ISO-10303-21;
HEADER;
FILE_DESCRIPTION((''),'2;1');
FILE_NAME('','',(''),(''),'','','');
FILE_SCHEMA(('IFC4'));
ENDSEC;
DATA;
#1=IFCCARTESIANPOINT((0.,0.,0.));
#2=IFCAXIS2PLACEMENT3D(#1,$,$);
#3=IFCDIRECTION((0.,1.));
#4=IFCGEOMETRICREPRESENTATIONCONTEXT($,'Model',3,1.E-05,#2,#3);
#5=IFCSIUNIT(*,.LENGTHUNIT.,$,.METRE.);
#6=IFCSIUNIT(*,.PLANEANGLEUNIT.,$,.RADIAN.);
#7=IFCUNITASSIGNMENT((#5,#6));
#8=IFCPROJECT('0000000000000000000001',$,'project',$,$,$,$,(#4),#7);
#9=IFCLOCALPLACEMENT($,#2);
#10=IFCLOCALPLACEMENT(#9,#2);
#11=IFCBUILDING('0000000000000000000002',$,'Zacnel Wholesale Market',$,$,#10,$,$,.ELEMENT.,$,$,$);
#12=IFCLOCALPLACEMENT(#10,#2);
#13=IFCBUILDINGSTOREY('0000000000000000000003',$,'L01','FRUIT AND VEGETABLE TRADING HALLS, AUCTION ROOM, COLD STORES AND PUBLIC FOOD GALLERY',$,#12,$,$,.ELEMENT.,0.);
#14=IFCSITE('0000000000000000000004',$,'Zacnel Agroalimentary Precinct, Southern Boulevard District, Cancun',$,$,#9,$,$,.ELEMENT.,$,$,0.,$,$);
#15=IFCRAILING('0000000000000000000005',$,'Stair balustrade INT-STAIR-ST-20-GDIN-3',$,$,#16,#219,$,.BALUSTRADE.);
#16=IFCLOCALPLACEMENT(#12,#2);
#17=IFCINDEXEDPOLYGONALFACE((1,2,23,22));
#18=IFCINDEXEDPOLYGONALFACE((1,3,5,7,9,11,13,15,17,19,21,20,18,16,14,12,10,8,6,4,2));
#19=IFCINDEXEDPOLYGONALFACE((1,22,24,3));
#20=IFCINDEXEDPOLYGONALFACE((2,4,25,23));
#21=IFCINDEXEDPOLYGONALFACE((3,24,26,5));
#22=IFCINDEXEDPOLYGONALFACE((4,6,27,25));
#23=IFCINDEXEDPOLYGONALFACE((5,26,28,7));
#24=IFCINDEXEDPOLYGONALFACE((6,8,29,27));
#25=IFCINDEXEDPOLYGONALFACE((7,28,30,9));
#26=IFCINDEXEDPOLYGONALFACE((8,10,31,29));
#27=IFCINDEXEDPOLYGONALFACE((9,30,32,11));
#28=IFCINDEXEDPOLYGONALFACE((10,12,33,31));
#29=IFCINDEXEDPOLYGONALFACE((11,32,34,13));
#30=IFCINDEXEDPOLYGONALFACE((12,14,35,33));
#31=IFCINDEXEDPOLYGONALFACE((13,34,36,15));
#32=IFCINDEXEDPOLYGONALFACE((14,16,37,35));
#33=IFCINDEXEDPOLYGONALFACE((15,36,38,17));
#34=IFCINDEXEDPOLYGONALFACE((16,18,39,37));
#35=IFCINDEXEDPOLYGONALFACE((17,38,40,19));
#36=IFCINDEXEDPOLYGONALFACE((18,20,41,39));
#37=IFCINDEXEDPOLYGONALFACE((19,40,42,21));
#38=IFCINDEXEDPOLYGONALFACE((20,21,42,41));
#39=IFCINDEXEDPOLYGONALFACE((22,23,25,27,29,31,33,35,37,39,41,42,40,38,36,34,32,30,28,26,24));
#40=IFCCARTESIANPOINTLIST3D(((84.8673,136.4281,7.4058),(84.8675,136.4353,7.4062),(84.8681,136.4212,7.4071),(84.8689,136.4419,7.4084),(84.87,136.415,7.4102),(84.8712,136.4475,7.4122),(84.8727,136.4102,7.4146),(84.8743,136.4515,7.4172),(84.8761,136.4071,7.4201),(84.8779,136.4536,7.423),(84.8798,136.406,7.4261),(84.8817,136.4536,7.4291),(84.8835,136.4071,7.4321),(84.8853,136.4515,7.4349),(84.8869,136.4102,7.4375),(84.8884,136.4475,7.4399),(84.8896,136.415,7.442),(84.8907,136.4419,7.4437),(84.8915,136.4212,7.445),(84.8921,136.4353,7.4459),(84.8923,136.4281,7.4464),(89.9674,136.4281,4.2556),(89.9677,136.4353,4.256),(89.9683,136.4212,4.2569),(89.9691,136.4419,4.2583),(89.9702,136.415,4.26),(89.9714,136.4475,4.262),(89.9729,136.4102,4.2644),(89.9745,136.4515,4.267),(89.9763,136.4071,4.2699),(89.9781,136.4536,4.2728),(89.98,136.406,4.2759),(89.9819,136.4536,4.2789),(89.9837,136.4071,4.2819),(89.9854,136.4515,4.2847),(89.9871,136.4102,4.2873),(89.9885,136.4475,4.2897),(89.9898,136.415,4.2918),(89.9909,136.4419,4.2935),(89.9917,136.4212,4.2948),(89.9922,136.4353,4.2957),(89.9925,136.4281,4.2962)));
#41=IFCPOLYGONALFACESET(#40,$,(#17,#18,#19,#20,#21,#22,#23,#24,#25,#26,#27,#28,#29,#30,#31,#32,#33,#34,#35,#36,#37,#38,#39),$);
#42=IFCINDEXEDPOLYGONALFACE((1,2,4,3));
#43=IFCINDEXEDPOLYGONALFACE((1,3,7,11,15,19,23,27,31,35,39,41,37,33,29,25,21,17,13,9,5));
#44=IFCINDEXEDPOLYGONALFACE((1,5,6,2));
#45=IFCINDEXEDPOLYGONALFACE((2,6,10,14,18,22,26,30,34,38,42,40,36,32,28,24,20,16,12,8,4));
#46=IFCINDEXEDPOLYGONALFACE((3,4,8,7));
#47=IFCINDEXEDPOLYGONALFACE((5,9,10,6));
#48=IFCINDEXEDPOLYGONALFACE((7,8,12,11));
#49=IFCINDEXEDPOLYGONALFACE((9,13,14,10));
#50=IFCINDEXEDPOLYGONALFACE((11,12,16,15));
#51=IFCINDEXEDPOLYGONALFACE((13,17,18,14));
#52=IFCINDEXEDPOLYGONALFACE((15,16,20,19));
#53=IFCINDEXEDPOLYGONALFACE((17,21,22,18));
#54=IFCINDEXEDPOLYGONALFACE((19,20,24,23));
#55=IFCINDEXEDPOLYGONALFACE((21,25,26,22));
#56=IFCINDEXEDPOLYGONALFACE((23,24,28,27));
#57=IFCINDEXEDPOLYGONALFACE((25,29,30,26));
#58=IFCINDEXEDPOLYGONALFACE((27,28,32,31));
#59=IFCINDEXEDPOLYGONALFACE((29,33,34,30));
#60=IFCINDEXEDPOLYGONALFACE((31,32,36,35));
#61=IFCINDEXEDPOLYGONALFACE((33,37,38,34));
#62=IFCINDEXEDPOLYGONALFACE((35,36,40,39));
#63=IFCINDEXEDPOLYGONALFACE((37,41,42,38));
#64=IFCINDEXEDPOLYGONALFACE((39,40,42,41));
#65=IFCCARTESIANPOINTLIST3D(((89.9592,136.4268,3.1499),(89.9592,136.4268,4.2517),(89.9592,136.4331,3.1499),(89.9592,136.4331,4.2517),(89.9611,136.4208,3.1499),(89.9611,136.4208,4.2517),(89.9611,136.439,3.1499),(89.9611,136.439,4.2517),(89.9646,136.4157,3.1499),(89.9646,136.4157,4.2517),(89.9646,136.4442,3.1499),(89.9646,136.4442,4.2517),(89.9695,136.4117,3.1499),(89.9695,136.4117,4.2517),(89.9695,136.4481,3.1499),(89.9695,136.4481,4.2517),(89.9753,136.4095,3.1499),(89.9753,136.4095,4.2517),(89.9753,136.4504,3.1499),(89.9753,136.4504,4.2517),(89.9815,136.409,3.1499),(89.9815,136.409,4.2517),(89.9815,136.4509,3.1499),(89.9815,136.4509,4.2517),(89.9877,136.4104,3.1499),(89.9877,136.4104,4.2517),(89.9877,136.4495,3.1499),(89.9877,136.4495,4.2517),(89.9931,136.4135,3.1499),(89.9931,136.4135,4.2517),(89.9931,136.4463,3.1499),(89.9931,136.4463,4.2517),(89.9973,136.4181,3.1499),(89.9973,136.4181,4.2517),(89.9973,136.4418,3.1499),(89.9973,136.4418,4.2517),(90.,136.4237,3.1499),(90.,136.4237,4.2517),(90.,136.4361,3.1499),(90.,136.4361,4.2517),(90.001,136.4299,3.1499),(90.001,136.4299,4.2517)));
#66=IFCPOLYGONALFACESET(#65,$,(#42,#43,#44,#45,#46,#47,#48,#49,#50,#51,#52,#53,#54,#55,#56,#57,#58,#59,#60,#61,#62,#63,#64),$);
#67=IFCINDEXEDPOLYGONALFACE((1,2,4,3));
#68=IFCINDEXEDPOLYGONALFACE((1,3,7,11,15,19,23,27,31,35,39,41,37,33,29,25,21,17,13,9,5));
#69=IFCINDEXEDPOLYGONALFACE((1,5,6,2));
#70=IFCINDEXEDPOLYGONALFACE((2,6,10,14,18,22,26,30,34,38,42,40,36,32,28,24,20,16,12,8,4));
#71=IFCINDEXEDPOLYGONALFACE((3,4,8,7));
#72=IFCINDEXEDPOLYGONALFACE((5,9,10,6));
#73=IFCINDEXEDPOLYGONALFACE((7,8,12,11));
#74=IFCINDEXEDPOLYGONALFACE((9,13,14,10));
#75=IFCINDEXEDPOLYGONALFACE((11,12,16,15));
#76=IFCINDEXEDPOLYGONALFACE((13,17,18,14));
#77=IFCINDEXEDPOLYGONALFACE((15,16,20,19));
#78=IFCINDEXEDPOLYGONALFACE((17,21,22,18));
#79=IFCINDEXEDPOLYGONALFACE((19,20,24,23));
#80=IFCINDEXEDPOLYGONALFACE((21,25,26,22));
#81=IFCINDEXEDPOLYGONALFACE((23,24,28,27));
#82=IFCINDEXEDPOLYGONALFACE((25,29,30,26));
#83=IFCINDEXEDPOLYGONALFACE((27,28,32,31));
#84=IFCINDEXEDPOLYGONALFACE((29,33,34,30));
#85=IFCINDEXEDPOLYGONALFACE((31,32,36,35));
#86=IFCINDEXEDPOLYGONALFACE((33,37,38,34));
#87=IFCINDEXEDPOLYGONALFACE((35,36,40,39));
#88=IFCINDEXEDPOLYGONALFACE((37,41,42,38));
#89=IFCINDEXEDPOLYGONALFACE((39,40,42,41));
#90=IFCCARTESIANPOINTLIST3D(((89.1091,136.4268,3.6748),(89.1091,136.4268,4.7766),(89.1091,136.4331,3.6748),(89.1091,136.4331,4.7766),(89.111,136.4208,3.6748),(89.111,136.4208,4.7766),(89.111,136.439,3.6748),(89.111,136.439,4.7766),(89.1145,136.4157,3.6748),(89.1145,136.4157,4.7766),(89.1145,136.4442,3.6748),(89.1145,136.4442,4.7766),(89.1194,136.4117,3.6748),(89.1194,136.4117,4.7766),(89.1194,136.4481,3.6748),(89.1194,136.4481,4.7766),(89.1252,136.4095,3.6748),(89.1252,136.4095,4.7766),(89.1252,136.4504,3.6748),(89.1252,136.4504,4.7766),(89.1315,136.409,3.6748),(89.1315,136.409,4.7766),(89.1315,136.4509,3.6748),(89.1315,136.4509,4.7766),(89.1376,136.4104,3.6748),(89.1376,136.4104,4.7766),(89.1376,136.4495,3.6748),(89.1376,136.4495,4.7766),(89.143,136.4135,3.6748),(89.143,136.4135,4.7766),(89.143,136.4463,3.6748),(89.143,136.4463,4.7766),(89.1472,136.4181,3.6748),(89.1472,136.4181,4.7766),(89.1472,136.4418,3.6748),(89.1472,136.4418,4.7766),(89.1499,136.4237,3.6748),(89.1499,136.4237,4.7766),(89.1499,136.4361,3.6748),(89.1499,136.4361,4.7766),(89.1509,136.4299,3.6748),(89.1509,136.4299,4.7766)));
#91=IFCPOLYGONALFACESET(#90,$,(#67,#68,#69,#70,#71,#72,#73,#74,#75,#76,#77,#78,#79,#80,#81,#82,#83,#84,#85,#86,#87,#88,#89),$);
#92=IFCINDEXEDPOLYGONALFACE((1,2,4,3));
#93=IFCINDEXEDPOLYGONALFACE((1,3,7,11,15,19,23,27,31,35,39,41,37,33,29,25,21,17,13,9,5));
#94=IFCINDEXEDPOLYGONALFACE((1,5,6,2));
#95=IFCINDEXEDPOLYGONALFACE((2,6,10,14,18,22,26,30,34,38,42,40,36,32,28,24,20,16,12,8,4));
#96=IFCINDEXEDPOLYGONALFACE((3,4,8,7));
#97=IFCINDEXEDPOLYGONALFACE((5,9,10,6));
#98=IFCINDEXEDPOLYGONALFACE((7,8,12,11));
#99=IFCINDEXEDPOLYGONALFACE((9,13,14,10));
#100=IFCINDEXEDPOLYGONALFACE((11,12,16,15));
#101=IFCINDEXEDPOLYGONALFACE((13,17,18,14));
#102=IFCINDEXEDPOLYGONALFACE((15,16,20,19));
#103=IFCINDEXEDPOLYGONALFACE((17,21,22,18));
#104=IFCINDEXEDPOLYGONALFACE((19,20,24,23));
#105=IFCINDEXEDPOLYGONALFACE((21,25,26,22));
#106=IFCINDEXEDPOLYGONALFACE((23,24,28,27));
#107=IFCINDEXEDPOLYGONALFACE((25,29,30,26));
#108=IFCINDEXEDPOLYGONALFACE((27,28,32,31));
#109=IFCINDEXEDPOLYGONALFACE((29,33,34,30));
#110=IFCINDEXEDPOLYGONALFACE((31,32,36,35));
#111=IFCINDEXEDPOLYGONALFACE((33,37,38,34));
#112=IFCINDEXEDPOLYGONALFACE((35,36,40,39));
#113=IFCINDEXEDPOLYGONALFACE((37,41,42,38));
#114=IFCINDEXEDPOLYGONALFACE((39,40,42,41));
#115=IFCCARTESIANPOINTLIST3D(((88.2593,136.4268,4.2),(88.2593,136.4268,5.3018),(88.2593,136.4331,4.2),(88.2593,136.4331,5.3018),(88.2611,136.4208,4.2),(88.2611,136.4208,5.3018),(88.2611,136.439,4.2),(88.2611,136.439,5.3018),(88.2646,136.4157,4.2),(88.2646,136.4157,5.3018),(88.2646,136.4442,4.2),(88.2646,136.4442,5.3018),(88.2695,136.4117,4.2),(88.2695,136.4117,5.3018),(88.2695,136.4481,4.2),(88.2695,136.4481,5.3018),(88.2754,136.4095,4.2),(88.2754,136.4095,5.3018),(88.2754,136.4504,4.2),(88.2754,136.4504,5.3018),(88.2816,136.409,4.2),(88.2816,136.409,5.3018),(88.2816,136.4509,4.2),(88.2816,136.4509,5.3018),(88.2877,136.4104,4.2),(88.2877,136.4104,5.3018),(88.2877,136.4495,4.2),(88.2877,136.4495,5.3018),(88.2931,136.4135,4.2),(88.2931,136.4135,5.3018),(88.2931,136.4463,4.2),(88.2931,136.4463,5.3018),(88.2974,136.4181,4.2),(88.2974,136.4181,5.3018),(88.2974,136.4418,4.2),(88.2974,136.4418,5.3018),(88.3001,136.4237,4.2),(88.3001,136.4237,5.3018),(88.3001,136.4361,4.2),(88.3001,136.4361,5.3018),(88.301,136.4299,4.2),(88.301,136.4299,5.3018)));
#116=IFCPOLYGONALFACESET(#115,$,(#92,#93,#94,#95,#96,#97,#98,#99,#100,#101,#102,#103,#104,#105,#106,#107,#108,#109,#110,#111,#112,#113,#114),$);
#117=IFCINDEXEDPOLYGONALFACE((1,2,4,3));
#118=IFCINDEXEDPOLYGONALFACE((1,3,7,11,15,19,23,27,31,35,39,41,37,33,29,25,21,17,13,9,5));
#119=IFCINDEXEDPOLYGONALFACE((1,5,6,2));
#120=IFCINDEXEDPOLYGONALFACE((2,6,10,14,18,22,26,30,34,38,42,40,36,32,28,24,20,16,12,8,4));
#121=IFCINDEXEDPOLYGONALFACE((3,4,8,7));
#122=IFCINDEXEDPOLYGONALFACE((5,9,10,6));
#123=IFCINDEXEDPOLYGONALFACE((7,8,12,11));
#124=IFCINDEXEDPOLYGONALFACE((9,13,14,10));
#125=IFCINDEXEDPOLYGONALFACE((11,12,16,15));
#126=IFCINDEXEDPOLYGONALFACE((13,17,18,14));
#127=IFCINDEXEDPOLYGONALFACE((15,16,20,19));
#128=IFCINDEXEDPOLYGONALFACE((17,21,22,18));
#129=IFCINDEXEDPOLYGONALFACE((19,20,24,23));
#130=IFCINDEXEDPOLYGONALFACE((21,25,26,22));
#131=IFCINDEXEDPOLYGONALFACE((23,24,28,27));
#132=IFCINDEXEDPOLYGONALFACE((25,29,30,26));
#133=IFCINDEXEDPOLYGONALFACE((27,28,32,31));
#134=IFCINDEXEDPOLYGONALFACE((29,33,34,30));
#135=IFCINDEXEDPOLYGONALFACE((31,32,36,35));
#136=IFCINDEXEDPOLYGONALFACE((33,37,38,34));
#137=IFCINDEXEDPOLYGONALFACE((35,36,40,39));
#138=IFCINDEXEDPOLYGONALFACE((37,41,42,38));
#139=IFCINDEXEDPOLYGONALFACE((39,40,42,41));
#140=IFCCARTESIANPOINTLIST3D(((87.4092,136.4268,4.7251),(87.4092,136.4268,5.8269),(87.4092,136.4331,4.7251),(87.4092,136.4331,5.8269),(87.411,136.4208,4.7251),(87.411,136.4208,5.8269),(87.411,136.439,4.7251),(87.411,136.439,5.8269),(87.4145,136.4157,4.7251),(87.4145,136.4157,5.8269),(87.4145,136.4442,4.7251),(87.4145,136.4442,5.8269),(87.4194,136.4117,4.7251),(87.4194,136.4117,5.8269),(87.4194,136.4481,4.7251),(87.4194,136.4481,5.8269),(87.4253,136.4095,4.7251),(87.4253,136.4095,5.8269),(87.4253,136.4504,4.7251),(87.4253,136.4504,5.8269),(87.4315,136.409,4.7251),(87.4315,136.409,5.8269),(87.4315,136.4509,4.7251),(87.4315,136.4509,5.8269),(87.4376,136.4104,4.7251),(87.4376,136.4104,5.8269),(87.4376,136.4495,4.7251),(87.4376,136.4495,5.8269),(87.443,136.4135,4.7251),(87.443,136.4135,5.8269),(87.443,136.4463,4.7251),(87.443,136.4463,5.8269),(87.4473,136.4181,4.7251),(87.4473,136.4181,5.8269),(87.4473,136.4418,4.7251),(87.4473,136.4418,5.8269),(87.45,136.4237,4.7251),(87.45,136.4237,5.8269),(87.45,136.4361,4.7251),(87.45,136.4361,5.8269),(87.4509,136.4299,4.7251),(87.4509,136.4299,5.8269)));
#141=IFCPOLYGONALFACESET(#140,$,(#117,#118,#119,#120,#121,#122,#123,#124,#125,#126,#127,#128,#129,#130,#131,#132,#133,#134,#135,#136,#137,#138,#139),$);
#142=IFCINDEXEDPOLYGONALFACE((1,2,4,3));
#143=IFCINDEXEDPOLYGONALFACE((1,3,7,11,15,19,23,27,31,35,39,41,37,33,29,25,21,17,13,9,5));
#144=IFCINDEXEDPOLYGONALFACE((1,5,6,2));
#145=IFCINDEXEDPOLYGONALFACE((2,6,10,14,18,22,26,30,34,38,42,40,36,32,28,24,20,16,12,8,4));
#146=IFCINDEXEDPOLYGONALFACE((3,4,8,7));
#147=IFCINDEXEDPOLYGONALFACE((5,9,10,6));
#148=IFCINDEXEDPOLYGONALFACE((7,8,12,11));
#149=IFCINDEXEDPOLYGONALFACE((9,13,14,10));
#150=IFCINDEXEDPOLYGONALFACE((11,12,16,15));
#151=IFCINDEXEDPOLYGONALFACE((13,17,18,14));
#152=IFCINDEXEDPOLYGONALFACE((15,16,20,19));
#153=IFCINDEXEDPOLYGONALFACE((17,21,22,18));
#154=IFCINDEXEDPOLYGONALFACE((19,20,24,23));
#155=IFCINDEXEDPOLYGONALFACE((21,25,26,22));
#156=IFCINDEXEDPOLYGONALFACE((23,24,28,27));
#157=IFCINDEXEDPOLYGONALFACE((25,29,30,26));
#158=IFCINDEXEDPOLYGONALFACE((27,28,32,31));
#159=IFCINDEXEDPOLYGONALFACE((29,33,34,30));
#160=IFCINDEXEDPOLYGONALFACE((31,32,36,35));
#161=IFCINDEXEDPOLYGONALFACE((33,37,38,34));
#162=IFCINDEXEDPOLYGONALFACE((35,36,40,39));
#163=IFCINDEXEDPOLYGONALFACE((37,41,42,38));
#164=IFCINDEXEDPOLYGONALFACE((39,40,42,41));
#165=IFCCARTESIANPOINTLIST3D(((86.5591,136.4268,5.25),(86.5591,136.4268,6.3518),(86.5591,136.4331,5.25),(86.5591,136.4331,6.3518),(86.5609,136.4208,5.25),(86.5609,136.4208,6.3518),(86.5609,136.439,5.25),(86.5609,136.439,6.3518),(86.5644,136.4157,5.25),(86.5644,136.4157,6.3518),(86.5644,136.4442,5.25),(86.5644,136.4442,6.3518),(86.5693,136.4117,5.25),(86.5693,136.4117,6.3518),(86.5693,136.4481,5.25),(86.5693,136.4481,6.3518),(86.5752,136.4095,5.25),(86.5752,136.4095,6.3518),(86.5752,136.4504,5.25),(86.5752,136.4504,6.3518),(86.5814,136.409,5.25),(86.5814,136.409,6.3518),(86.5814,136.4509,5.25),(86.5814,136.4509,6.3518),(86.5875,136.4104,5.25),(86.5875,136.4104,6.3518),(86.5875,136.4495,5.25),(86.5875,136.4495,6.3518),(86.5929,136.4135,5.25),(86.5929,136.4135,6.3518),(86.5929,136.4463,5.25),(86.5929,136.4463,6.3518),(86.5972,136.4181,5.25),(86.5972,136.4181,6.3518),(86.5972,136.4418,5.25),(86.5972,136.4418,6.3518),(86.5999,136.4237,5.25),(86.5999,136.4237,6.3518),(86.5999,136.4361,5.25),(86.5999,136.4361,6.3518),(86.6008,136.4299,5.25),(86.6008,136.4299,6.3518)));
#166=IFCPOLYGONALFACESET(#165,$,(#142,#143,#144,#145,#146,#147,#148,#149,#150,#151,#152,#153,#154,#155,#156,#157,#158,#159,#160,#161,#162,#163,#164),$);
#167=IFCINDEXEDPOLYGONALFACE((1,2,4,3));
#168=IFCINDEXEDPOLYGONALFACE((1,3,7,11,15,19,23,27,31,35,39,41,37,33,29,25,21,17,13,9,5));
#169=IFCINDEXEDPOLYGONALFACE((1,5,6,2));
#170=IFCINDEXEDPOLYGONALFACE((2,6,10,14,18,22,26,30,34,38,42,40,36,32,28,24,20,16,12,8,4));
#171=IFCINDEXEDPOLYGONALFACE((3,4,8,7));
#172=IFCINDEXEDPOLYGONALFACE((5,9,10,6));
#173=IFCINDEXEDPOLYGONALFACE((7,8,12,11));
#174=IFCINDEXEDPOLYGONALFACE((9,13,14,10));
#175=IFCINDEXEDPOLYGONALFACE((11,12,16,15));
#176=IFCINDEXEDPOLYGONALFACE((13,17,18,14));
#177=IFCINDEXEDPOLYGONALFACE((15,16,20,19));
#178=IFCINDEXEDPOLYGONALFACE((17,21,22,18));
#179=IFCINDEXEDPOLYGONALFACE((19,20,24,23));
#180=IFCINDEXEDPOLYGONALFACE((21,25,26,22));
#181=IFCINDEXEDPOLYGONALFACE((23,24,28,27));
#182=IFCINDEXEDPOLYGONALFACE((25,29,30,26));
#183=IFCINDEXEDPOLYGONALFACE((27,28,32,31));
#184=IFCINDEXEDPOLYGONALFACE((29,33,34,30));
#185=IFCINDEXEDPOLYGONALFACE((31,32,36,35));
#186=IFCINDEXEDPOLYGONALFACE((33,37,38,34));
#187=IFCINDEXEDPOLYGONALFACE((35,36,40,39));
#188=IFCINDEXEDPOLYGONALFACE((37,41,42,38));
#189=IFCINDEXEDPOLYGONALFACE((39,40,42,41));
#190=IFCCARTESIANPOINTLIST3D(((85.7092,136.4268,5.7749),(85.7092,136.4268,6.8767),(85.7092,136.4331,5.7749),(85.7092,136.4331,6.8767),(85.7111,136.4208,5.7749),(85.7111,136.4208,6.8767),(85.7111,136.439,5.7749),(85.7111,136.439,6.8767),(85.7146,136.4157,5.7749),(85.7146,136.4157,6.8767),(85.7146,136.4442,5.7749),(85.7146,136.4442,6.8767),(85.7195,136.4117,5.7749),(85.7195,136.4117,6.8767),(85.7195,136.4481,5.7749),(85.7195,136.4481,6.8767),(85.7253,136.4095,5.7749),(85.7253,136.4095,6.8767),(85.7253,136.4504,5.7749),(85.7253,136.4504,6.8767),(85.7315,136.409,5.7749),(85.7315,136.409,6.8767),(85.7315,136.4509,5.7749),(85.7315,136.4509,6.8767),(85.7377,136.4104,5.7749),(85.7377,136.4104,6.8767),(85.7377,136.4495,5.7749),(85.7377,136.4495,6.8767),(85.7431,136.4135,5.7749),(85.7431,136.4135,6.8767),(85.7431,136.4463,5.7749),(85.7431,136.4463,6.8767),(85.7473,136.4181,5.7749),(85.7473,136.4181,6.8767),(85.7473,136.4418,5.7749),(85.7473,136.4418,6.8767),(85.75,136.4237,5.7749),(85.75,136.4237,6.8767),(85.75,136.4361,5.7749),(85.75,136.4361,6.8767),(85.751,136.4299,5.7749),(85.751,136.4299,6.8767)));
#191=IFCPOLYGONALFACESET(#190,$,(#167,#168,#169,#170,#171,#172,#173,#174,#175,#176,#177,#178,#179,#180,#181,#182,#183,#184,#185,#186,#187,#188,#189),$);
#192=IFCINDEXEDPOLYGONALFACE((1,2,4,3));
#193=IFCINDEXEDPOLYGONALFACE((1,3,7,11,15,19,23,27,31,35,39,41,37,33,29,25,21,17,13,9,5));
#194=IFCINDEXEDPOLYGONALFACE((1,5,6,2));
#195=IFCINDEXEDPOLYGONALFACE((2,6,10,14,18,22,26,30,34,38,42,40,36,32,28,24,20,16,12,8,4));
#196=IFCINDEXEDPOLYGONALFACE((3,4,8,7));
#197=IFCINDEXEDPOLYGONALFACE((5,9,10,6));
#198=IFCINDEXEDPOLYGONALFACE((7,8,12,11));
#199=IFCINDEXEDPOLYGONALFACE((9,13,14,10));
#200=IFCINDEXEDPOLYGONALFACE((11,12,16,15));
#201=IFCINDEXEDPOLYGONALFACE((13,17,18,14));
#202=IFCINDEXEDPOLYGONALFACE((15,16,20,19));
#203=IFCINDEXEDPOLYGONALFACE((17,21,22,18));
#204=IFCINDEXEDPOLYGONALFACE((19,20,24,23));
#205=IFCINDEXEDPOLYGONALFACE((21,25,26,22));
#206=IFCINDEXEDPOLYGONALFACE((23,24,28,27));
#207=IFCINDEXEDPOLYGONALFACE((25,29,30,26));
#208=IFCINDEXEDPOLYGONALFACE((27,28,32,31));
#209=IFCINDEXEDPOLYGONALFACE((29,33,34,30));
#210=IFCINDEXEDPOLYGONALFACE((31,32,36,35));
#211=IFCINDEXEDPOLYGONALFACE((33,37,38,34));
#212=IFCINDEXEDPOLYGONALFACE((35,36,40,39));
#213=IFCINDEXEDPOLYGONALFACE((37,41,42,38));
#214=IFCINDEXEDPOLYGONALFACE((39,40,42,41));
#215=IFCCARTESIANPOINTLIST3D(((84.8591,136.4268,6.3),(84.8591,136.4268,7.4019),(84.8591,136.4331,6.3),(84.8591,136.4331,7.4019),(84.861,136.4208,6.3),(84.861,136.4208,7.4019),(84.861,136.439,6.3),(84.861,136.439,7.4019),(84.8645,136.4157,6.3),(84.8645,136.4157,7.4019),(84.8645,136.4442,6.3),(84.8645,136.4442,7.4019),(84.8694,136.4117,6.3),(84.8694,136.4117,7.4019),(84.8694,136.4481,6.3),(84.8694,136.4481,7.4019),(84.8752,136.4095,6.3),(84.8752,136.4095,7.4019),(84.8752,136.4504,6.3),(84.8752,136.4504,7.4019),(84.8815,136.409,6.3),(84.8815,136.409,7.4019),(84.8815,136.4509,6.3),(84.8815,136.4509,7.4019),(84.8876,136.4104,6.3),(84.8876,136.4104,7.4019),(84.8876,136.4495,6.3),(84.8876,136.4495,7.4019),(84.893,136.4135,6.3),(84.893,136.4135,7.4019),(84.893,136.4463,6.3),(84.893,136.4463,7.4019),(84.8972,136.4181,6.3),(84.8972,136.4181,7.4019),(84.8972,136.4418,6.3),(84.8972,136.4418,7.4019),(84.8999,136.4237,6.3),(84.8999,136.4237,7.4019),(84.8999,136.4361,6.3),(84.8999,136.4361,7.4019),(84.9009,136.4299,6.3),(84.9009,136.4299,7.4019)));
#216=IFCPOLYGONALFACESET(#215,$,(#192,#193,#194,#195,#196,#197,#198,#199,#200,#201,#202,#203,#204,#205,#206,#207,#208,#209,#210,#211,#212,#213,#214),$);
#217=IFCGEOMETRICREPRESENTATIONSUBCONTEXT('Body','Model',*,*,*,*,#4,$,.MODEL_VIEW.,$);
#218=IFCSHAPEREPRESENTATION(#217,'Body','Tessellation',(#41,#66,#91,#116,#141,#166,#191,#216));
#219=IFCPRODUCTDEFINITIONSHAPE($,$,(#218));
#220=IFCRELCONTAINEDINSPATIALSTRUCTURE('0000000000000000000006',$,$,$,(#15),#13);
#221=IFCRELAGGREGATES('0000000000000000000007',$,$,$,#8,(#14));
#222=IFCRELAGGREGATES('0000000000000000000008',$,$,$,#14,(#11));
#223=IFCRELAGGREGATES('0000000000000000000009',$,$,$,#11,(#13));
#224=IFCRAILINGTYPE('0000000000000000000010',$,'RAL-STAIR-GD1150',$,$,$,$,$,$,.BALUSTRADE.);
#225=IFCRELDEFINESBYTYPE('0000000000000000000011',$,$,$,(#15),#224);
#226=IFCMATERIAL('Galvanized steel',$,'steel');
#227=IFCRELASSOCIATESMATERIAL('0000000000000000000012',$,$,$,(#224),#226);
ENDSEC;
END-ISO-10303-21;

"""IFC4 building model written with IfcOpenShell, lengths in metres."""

from ifc_helpers import new_model, si_unit, direction, frame, origin, origin_2d, place, context, subcontext, project, spatial, circle, extrude, material, type_object, element, save


model = new_model("IFC4")

# Units and contexts
model_context = context("Model", 3, precision=1e-05, world=origin(), true_north=direction((0.0, 1.0)))
body_context = subcontext(model_context, "Body", "Model", "MODEL_VIEW")
ifc_project = project(units=[si_unit("LENGTHUNIT", "METRE"), si_unit("PLANEANGLEUNIT", "RADIAN")], contexts=[model_context])

# Site, building, storey
site_placement = place(None, origin())
site = spatial("IfcSite", under=ifc_project, at=site_placement, Name="Zacnel Agroalimentary Precinct, Southern Boulevard District, Cancun", CompositionType="ELEMENT", RefElevation=0.0)
building_placement = place(site_placement, origin())
building = spatial("IfcBuilding", under=site, at=building_placement, Name="Zacnel Wholesale Market", CompositionType="ELEMENT")
storey_placement = place(building_placement, origin())
storey = spatial("IfcBuildingStorey", under=building, at=storey_placement, Name="L01", Description="FRUIT AND VEGETABLE TRADING HALLS, AUCTION ROOM, COLD STORES AND PUBLIC FOOD GALLERY", CompositionType="ELEMENT", Elevation=0.0)

# Railing
ifc_material_1 = material(Name="Galvanized steel", Category="steel")
railing_type_1 = type_object("IfcRailingType", Name="RAL-STAIR-GD1150", PredefinedType="BALUSTRADE", material=ifc_material_1)
railing_1_placement = place(storey_placement, frame((89.98, 136.4299, 3.1499)))
element("IfcRailing", 1, at=railing_1_placement, inside=storey, type_object=railing_type_1, Name="Stair balustrade INT-STAIR-ST-20-GDIN-3", PredefinedType="BALUSTRADE", context=body_context, shape_type="SweptSolid", body=[
    extrude(circle(Radius=0.0239, at=origin_2d()), frame((0.0, 0.0, 1.126), z_axis=(-0.850792, 0.0, 0.525503), x_axis=(0.0, -1.0, 0.0)), (0.0, 0.0, 1.0), 5.9946),
    extrude(circle(Radius=0.021, at=origin_2d()), origin(), (0.0, 0.0, 1.0), 1.1018),
    extrude(circle(Radius=0.021, at=origin_2d()), frame((-0.8501, 0.0, 0.5249)), (0.0, 0.0, 1.0), 1.1018),
    extrude(circle(Radius=0.021, at=origin_2d()), frame((-1.7, 0.0, 1.05)), (0.0, 0.0, 1.0), 1.1018),
    extrude(circle(Radius=0.021, at=origin_2d()), frame((-2.55, 0.0, 1.5752)), (0.0, 0.0, 1.0), 1.1018),
    extrude(circle(Radius=0.021, at=origin_2d()), frame((-3.4001, 0.0, 2.1001)), (0.0, 0.0, 1.0), 1.1018),
    extrude(circle(Radius=0.021, at=origin_2d()), frame((-4.25, 0.0, 2.625)), (0.0, 0.0, 1.0), 1.1018),
    extrude(circle(Radius=0.021, at=origin_2d()), frame((-5.1001, 0.0, 3.1501)), (0.0, 0.0, 1.0), 1.1018),
])

save(model, "model.ifc")
